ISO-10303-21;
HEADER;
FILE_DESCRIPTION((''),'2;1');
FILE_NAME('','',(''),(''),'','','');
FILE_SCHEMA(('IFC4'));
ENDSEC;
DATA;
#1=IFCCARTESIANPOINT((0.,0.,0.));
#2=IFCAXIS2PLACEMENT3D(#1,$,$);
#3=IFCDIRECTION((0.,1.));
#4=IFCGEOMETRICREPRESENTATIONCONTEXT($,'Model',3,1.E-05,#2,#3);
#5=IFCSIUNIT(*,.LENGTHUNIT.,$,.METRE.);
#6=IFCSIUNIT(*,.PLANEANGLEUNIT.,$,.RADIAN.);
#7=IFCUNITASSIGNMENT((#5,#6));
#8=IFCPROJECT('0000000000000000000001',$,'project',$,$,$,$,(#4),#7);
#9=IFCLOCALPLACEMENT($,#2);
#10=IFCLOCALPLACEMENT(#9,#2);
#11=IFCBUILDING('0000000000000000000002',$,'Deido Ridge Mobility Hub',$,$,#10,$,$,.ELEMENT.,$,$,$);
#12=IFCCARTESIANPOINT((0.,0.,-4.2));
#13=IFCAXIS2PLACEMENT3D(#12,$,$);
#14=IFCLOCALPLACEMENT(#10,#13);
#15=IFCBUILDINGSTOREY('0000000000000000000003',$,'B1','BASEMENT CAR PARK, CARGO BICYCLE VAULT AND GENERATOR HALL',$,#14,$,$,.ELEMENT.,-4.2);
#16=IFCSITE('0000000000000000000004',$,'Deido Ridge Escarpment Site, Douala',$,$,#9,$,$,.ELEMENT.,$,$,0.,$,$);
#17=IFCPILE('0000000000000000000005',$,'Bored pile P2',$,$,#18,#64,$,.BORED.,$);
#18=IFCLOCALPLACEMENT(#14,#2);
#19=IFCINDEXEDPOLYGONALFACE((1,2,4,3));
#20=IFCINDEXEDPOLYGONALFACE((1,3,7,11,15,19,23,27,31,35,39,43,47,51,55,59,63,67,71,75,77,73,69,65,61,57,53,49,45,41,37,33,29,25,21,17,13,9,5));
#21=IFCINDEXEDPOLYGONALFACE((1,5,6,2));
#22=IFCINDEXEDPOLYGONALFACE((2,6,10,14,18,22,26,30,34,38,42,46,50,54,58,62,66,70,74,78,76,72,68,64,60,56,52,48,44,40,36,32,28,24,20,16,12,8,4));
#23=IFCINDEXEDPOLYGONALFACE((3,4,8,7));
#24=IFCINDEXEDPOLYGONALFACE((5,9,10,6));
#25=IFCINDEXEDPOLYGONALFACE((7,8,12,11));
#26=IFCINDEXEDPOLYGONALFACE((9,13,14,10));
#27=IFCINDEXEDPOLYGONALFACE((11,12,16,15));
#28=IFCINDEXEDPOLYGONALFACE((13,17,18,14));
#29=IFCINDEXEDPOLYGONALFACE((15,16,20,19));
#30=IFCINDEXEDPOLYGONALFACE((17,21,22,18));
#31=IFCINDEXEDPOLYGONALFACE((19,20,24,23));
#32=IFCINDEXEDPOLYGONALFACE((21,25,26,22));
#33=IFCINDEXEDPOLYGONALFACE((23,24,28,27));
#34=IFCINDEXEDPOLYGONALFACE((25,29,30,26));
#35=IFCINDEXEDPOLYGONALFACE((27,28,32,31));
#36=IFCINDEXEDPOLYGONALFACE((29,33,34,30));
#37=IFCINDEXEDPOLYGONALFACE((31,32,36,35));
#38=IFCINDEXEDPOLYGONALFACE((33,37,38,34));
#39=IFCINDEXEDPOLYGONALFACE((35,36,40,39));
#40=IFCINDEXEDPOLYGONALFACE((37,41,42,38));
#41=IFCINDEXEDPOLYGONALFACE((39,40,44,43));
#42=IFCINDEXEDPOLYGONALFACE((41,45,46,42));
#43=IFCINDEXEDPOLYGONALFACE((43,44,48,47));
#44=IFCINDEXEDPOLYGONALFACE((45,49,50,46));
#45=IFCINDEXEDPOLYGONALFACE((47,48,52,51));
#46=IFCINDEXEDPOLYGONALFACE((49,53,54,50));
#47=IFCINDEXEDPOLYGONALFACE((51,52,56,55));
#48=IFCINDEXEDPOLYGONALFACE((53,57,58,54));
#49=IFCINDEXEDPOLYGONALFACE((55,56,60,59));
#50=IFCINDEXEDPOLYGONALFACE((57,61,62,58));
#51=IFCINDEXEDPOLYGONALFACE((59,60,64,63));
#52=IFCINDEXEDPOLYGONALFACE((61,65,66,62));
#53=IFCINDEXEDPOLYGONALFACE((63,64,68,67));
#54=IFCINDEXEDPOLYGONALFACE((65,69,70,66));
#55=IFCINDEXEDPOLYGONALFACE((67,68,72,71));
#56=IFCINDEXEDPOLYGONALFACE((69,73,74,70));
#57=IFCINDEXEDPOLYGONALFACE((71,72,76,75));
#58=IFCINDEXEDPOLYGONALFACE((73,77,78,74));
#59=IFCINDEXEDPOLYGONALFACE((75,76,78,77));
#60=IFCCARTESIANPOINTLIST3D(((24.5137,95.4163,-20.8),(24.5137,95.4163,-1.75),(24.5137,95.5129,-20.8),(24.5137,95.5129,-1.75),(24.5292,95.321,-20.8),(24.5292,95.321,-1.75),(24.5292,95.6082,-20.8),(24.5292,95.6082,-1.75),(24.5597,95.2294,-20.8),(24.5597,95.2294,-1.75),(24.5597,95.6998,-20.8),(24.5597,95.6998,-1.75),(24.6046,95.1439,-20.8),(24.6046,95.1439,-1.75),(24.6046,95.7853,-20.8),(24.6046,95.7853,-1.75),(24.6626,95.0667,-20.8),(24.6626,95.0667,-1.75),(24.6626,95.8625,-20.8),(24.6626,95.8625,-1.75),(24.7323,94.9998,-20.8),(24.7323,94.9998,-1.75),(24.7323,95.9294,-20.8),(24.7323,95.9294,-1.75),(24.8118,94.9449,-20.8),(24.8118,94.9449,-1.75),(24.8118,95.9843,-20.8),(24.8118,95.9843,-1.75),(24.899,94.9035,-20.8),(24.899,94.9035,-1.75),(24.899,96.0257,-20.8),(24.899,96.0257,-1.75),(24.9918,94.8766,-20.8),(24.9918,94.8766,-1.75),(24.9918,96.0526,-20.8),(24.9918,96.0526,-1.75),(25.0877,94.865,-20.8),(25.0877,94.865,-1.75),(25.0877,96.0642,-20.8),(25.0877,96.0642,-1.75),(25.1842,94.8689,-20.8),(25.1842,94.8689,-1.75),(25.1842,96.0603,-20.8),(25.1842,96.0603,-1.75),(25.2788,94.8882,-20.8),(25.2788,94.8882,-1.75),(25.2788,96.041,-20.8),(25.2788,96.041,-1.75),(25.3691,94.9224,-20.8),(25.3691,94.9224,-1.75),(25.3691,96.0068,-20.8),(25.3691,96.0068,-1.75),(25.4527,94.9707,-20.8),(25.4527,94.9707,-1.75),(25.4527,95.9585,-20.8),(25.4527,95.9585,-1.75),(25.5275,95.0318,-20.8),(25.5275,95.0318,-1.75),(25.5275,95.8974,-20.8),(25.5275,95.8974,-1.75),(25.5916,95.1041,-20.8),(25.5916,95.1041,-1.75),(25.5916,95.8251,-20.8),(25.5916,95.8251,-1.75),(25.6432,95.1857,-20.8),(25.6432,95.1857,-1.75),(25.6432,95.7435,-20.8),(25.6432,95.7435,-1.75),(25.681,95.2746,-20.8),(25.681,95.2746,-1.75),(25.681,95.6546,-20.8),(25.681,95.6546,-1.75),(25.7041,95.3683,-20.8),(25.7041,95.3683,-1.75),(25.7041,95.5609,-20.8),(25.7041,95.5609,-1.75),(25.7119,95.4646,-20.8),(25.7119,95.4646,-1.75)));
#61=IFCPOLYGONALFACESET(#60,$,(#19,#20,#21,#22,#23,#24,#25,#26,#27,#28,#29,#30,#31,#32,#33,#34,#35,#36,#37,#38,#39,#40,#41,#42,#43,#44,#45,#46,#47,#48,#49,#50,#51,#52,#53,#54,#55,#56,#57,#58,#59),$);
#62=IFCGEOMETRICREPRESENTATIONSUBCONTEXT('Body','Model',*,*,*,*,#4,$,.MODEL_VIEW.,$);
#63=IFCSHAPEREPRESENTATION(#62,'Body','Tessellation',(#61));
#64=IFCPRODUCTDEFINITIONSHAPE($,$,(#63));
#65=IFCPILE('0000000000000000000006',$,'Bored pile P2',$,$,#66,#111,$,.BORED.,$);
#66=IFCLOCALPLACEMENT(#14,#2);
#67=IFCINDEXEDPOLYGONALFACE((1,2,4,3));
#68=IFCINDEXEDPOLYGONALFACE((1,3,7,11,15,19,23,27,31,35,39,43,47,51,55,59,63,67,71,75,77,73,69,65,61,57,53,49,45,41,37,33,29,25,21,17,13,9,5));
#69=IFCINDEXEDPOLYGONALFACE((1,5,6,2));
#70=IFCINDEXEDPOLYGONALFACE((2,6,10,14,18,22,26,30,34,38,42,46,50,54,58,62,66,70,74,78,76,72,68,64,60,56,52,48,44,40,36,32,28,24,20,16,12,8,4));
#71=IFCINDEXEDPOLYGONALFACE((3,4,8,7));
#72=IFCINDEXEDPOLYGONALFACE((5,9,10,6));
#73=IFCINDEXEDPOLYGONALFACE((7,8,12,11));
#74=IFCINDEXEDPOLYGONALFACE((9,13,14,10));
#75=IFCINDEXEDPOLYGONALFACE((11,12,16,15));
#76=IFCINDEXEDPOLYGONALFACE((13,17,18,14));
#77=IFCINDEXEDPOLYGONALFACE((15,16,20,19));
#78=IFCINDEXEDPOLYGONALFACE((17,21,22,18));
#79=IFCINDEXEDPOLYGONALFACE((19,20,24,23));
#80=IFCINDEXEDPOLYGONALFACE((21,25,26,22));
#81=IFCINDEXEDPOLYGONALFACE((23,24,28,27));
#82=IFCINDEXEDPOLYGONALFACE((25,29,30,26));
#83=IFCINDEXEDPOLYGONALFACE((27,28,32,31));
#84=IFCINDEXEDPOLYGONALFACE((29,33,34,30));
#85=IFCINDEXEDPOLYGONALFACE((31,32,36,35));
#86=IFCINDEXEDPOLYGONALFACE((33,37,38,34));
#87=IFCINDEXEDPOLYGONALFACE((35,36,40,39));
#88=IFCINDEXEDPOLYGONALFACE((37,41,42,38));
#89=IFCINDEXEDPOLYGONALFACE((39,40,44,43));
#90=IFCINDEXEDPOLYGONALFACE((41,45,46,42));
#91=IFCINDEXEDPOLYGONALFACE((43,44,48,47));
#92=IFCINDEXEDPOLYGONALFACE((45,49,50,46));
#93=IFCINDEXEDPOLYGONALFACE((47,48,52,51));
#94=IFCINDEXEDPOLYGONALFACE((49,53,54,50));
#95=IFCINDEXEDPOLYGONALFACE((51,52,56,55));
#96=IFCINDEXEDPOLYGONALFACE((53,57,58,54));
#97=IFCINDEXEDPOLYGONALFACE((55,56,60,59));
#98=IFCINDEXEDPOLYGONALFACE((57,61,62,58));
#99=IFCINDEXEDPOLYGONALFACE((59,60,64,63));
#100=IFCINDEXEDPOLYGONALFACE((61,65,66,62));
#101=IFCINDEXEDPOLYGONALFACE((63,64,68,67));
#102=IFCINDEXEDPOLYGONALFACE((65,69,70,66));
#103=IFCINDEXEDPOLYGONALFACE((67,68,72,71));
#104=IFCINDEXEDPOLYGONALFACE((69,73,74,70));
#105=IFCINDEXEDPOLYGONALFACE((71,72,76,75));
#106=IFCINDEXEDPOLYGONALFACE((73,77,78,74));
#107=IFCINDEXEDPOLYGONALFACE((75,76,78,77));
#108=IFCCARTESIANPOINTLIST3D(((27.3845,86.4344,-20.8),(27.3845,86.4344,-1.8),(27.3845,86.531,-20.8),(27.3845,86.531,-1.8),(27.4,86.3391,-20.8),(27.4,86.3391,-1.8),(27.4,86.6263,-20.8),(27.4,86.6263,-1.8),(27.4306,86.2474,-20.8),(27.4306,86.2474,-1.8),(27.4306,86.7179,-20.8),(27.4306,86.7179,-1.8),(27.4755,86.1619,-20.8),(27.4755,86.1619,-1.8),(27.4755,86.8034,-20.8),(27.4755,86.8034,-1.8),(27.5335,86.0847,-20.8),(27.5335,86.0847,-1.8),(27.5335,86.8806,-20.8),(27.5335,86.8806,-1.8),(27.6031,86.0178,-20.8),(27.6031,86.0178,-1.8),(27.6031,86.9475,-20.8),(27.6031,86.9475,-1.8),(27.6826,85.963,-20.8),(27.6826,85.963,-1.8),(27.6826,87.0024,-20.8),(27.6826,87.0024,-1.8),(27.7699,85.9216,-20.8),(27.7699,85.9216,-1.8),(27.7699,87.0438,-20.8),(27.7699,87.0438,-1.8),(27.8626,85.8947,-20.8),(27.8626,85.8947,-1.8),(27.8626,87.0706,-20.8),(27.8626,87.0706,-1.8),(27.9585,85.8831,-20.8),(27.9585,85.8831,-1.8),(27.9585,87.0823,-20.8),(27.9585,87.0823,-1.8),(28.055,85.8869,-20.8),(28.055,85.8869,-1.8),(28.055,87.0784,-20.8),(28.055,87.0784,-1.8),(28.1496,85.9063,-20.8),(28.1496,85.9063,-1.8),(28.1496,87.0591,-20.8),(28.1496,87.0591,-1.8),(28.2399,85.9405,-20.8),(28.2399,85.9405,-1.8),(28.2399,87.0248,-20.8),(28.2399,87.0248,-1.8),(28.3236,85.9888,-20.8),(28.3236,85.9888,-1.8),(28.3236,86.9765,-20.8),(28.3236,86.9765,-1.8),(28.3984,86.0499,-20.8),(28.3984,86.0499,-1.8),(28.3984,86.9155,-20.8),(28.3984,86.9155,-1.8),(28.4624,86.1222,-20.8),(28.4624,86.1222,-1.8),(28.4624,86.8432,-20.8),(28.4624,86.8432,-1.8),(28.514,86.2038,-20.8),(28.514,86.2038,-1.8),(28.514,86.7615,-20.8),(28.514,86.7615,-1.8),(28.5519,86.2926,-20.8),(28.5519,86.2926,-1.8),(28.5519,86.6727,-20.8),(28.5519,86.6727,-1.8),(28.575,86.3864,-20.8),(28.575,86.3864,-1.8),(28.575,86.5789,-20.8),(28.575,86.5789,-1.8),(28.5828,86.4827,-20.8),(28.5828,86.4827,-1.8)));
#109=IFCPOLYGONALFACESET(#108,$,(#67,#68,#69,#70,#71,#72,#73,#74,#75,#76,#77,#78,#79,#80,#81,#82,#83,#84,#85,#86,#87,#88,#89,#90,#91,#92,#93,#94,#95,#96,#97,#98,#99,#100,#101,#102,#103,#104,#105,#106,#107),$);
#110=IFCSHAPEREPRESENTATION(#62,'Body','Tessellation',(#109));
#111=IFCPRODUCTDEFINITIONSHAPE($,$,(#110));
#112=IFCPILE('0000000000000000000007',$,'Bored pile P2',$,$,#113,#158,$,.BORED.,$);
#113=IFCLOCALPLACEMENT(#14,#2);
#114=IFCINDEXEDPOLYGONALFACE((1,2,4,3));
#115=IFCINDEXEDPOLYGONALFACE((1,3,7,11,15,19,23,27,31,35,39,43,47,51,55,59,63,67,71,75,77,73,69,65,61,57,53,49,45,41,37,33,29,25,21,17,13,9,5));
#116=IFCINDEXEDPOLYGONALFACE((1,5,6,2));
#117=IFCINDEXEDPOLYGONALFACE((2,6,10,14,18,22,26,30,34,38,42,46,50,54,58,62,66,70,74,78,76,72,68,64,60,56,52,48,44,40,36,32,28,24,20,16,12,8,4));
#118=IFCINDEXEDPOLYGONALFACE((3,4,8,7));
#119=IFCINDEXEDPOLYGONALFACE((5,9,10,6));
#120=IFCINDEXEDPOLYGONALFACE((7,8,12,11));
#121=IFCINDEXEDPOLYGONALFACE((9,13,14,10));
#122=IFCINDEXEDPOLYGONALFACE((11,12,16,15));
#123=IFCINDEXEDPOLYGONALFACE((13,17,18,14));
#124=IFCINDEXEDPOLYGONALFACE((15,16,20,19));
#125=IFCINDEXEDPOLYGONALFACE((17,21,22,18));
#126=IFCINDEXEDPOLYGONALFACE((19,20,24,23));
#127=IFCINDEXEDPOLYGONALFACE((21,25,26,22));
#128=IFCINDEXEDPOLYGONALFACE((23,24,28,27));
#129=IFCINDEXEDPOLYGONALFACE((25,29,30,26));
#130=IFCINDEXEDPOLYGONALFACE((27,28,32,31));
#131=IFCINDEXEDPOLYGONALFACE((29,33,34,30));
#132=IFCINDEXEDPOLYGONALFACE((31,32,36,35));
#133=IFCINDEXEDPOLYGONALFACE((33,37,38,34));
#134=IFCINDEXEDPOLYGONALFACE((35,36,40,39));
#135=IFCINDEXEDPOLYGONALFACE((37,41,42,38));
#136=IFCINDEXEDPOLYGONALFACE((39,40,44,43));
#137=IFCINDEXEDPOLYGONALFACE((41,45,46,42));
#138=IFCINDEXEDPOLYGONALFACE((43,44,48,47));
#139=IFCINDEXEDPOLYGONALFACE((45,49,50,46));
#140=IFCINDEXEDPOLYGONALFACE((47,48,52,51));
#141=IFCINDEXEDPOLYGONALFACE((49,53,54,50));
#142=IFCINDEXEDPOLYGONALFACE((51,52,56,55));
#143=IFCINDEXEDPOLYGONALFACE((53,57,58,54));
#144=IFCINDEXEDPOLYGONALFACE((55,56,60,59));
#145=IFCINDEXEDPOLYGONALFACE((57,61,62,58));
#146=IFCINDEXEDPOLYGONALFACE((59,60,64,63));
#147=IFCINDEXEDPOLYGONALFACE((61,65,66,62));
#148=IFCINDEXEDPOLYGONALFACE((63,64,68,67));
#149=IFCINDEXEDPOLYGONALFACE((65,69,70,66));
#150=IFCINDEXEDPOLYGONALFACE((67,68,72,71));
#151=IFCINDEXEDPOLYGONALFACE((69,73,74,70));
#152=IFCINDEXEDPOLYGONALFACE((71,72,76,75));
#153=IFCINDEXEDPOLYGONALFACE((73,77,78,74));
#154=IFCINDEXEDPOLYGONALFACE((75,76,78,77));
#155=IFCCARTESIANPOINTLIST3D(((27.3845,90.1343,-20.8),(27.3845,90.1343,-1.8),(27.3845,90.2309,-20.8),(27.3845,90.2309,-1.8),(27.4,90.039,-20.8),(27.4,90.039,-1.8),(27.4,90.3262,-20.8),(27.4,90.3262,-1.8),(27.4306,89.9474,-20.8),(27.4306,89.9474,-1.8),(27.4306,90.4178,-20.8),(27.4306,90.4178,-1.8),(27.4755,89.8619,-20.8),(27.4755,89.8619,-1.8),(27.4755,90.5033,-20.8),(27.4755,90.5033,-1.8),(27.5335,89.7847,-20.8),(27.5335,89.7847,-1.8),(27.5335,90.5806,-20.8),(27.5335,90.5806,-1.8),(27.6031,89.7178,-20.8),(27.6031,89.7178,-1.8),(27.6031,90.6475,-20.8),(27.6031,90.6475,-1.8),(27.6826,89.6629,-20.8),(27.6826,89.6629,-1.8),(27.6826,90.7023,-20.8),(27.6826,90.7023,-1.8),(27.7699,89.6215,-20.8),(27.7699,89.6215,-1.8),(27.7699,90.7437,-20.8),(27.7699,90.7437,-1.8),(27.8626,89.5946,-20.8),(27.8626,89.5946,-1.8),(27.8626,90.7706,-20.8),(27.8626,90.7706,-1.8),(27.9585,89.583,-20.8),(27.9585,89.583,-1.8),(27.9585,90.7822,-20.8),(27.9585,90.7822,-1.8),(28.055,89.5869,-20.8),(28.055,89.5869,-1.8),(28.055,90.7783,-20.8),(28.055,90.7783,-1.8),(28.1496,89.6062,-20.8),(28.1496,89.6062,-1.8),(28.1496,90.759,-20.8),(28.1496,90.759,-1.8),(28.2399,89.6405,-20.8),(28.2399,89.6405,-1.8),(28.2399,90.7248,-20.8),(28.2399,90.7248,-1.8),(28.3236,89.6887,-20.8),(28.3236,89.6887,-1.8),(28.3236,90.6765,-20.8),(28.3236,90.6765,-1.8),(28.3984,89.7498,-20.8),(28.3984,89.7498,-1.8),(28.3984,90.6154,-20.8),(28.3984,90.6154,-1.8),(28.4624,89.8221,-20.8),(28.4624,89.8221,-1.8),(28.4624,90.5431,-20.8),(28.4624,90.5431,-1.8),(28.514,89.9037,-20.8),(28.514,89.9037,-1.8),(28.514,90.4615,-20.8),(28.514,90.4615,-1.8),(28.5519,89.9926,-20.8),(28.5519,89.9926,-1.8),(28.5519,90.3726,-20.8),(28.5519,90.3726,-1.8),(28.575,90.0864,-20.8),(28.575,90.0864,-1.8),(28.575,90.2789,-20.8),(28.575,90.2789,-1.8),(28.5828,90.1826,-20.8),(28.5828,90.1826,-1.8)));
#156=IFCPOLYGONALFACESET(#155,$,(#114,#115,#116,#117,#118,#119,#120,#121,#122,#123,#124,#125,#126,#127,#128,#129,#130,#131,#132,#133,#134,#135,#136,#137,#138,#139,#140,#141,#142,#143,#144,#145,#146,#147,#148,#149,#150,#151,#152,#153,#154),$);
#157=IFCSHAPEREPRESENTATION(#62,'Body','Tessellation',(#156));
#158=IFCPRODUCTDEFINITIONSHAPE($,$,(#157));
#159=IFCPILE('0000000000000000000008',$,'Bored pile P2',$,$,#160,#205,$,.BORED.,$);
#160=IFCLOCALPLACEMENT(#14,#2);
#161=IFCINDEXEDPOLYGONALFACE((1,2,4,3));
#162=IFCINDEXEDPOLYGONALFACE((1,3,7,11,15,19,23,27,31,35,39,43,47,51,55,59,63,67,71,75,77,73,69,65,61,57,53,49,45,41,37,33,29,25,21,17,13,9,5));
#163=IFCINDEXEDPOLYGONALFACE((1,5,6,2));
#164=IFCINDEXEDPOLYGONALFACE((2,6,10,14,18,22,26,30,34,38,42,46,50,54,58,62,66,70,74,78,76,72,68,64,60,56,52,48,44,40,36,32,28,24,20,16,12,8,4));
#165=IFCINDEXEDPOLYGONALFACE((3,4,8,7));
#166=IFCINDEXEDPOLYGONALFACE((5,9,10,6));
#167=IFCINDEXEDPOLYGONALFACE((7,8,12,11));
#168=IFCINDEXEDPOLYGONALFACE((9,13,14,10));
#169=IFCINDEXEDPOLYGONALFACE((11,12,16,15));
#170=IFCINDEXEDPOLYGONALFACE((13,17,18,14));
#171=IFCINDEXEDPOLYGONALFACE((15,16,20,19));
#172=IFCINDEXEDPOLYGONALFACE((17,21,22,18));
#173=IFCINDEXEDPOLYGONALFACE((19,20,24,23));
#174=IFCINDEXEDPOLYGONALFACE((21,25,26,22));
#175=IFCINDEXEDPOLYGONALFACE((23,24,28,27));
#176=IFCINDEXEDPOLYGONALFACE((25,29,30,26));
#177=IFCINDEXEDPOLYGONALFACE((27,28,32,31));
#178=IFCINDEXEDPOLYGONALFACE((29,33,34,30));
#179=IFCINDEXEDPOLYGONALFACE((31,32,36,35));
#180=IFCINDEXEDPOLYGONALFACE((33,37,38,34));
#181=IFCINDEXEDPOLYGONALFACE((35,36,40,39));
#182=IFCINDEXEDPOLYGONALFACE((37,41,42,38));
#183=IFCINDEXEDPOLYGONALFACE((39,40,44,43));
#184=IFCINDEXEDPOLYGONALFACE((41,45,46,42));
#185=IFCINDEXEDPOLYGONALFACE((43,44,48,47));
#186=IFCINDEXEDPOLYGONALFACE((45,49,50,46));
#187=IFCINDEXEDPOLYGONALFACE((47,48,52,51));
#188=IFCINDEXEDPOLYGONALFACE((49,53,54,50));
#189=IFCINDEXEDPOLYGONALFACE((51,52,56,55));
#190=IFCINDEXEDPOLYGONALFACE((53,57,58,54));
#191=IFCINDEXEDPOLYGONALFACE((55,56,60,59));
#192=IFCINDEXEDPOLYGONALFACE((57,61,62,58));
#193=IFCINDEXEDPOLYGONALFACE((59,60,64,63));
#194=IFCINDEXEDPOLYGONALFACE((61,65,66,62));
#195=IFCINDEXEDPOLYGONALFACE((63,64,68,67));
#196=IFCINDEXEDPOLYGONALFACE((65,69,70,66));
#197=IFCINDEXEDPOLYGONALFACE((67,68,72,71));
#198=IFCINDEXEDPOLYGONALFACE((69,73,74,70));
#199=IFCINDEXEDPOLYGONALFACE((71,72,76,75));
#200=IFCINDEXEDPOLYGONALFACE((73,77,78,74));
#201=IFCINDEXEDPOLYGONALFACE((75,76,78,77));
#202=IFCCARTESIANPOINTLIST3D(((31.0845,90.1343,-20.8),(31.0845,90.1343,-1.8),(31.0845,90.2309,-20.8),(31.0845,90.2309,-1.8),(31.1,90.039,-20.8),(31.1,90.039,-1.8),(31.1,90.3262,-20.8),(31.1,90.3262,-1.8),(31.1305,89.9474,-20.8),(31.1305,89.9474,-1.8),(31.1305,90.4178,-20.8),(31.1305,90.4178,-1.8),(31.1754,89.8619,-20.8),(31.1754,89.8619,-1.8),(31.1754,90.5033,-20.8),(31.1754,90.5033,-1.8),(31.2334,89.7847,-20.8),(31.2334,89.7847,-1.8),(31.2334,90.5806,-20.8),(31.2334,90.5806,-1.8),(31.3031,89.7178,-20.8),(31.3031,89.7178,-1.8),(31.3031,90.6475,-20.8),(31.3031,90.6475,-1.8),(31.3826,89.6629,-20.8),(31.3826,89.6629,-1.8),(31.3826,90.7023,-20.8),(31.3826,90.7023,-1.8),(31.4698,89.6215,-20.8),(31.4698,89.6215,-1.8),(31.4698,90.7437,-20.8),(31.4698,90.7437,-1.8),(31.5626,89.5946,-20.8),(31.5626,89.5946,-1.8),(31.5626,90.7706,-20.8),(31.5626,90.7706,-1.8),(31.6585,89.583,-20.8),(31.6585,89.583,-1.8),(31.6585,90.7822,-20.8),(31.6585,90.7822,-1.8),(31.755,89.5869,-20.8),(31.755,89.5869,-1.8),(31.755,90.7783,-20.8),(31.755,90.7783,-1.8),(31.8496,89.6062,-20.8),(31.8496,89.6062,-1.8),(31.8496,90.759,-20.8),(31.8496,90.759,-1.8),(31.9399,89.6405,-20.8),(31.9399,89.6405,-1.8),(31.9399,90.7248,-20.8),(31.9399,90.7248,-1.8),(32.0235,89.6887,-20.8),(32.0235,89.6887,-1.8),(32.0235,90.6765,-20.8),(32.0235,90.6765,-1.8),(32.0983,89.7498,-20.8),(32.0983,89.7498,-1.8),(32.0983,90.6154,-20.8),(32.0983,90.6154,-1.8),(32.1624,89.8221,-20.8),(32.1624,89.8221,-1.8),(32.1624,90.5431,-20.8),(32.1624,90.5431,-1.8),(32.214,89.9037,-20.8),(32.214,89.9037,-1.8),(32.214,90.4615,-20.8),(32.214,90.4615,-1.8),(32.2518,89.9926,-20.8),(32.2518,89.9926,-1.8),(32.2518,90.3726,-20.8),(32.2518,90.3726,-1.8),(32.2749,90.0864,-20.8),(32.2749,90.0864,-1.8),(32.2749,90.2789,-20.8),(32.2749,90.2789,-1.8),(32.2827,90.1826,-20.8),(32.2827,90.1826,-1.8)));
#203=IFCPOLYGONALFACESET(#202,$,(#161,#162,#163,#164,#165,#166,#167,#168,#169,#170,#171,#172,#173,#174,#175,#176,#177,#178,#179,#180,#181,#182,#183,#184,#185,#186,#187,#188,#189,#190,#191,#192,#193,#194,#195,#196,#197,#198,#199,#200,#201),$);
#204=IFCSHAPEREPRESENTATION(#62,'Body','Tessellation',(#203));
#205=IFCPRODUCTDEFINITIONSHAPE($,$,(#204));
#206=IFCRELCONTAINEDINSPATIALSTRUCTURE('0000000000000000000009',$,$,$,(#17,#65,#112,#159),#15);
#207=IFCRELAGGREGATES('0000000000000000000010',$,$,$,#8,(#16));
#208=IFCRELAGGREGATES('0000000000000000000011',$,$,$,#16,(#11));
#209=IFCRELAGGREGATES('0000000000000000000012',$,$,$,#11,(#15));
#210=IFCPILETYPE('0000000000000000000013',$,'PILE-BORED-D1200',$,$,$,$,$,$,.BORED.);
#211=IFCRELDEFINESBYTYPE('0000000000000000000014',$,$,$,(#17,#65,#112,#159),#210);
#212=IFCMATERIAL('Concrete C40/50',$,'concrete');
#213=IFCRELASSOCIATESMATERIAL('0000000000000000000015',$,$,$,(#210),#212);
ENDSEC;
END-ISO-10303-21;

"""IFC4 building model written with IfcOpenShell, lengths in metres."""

from ifc_helpers import new_model, si_unit, direction, frame, origin, origin_2d, place, context, subcontext, project, spatial, circle, extrude, material, material_profile, profile_set, type_object, element, save


model = new_model("IFC4")

# Units and contexts
model_context = context("Model", 3, precision=1e-05, world=origin(), true_north=direction((0.0, 1.0)))
body_context = subcontext(model_context, "Body", "Model", "MODEL_VIEW")
ifc_project = project(units=[si_unit("LENGTHUNIT", "METRE"), si_unit("PLANEANGLEUNIT", "RADIAN")], contexts=[model_context])

# Site, building, storey
site_placement = place(None, origin())
site = spatial("IfcSite", under=ifc_project, at=site_placement, Name="Deido Ridge Escarpment Site, Douala", CompositionType="ELEMENT", RefElevation=0.0)
building_placement = place(site_placement, origin())
building = spatial("IfcBuilding", under=site, at=building_placement, Name="Deido Ridge Mobility Hub", CompositionType="ELEMENT")
storey_placement = place(building_placement, frame((0.0, 0.0, -4.2)))
storey = spatial("IfcBuildingStorey", under=building, at=storey_placement, Name="B1", Description="BASEMENT CAR PARK, CARGO BICYCLE VAULT AND GENERATOR HALL", CompositionType="ELEMENT", Elevation=-4.2)

# Shared definitions
ifc_material = material(Name="Concrete C40/50", Category="concrete")

# Piles
ifc_material_profile_1 = material_profile(ifc_material, circle(Radius=0.6001, at=origin_2d()), Name="BORED PILE D1200")
ifc_profile_set_1 = profile_set([ifc_material_profile_1], Name="Concrete C40/50")
pile_type_1 = type_object("IfcPileType", Name="PILE-BORED-D1200", PredefinedType="BORED", material=ifc_profile_set_1)
pile_1_placement = place(storey_placement, frame((25.1118, 95.4646, -1.75), z_axis=(0.0, 0.0, -1.0), x_axis=(1.0, 0.0, 0.0)))
element("IfcPile", 1, at=pile_1_placement, inside=storey, type_object=pile_type_1, Name="Bored pile P2", PredefinedType="BORED", context=body_context, shape_type="SweptSolid", body=[
    extrude(circle(Radius=0.6001, at=origin_2d()), origin(), (0.0, 0.0, 1.0), 19.05),
])
for number, where, z_axis, x_axis, name in (
    (2, (27.9827, 86.4827, -1.8), (0.0, 0.0, -1.0), (1.0, 0.0, 0.0), "Bored pile P2"),
    (3, (27.9827, 90.1826, -1.8), (0.0, 0.0, -1.0), (1.0, 0.0, 0.0), "Bored pile P2"),
    (4, (31.6826, 90.1826, -1.8), (0.0, 0.0, -1.0), (1.0, 0.0, 0.0), "Bored pile P2"),
):
    element("IfcPile", number, at=place(storey_placement, frame(where, z_axis=z_axis, x_axis=x_axis)), inside=storey, type_object=pile_type_1, Name=name, PredefinedType="BORED", context=body_context, shape_type="SweptSolid", body=[
        extrude(circle(Radius=0.6001, at=origin_2d()), origin(), (0.0, 0.0, 1.0), 19.0),
    ])

save(model, "model.ifc")
